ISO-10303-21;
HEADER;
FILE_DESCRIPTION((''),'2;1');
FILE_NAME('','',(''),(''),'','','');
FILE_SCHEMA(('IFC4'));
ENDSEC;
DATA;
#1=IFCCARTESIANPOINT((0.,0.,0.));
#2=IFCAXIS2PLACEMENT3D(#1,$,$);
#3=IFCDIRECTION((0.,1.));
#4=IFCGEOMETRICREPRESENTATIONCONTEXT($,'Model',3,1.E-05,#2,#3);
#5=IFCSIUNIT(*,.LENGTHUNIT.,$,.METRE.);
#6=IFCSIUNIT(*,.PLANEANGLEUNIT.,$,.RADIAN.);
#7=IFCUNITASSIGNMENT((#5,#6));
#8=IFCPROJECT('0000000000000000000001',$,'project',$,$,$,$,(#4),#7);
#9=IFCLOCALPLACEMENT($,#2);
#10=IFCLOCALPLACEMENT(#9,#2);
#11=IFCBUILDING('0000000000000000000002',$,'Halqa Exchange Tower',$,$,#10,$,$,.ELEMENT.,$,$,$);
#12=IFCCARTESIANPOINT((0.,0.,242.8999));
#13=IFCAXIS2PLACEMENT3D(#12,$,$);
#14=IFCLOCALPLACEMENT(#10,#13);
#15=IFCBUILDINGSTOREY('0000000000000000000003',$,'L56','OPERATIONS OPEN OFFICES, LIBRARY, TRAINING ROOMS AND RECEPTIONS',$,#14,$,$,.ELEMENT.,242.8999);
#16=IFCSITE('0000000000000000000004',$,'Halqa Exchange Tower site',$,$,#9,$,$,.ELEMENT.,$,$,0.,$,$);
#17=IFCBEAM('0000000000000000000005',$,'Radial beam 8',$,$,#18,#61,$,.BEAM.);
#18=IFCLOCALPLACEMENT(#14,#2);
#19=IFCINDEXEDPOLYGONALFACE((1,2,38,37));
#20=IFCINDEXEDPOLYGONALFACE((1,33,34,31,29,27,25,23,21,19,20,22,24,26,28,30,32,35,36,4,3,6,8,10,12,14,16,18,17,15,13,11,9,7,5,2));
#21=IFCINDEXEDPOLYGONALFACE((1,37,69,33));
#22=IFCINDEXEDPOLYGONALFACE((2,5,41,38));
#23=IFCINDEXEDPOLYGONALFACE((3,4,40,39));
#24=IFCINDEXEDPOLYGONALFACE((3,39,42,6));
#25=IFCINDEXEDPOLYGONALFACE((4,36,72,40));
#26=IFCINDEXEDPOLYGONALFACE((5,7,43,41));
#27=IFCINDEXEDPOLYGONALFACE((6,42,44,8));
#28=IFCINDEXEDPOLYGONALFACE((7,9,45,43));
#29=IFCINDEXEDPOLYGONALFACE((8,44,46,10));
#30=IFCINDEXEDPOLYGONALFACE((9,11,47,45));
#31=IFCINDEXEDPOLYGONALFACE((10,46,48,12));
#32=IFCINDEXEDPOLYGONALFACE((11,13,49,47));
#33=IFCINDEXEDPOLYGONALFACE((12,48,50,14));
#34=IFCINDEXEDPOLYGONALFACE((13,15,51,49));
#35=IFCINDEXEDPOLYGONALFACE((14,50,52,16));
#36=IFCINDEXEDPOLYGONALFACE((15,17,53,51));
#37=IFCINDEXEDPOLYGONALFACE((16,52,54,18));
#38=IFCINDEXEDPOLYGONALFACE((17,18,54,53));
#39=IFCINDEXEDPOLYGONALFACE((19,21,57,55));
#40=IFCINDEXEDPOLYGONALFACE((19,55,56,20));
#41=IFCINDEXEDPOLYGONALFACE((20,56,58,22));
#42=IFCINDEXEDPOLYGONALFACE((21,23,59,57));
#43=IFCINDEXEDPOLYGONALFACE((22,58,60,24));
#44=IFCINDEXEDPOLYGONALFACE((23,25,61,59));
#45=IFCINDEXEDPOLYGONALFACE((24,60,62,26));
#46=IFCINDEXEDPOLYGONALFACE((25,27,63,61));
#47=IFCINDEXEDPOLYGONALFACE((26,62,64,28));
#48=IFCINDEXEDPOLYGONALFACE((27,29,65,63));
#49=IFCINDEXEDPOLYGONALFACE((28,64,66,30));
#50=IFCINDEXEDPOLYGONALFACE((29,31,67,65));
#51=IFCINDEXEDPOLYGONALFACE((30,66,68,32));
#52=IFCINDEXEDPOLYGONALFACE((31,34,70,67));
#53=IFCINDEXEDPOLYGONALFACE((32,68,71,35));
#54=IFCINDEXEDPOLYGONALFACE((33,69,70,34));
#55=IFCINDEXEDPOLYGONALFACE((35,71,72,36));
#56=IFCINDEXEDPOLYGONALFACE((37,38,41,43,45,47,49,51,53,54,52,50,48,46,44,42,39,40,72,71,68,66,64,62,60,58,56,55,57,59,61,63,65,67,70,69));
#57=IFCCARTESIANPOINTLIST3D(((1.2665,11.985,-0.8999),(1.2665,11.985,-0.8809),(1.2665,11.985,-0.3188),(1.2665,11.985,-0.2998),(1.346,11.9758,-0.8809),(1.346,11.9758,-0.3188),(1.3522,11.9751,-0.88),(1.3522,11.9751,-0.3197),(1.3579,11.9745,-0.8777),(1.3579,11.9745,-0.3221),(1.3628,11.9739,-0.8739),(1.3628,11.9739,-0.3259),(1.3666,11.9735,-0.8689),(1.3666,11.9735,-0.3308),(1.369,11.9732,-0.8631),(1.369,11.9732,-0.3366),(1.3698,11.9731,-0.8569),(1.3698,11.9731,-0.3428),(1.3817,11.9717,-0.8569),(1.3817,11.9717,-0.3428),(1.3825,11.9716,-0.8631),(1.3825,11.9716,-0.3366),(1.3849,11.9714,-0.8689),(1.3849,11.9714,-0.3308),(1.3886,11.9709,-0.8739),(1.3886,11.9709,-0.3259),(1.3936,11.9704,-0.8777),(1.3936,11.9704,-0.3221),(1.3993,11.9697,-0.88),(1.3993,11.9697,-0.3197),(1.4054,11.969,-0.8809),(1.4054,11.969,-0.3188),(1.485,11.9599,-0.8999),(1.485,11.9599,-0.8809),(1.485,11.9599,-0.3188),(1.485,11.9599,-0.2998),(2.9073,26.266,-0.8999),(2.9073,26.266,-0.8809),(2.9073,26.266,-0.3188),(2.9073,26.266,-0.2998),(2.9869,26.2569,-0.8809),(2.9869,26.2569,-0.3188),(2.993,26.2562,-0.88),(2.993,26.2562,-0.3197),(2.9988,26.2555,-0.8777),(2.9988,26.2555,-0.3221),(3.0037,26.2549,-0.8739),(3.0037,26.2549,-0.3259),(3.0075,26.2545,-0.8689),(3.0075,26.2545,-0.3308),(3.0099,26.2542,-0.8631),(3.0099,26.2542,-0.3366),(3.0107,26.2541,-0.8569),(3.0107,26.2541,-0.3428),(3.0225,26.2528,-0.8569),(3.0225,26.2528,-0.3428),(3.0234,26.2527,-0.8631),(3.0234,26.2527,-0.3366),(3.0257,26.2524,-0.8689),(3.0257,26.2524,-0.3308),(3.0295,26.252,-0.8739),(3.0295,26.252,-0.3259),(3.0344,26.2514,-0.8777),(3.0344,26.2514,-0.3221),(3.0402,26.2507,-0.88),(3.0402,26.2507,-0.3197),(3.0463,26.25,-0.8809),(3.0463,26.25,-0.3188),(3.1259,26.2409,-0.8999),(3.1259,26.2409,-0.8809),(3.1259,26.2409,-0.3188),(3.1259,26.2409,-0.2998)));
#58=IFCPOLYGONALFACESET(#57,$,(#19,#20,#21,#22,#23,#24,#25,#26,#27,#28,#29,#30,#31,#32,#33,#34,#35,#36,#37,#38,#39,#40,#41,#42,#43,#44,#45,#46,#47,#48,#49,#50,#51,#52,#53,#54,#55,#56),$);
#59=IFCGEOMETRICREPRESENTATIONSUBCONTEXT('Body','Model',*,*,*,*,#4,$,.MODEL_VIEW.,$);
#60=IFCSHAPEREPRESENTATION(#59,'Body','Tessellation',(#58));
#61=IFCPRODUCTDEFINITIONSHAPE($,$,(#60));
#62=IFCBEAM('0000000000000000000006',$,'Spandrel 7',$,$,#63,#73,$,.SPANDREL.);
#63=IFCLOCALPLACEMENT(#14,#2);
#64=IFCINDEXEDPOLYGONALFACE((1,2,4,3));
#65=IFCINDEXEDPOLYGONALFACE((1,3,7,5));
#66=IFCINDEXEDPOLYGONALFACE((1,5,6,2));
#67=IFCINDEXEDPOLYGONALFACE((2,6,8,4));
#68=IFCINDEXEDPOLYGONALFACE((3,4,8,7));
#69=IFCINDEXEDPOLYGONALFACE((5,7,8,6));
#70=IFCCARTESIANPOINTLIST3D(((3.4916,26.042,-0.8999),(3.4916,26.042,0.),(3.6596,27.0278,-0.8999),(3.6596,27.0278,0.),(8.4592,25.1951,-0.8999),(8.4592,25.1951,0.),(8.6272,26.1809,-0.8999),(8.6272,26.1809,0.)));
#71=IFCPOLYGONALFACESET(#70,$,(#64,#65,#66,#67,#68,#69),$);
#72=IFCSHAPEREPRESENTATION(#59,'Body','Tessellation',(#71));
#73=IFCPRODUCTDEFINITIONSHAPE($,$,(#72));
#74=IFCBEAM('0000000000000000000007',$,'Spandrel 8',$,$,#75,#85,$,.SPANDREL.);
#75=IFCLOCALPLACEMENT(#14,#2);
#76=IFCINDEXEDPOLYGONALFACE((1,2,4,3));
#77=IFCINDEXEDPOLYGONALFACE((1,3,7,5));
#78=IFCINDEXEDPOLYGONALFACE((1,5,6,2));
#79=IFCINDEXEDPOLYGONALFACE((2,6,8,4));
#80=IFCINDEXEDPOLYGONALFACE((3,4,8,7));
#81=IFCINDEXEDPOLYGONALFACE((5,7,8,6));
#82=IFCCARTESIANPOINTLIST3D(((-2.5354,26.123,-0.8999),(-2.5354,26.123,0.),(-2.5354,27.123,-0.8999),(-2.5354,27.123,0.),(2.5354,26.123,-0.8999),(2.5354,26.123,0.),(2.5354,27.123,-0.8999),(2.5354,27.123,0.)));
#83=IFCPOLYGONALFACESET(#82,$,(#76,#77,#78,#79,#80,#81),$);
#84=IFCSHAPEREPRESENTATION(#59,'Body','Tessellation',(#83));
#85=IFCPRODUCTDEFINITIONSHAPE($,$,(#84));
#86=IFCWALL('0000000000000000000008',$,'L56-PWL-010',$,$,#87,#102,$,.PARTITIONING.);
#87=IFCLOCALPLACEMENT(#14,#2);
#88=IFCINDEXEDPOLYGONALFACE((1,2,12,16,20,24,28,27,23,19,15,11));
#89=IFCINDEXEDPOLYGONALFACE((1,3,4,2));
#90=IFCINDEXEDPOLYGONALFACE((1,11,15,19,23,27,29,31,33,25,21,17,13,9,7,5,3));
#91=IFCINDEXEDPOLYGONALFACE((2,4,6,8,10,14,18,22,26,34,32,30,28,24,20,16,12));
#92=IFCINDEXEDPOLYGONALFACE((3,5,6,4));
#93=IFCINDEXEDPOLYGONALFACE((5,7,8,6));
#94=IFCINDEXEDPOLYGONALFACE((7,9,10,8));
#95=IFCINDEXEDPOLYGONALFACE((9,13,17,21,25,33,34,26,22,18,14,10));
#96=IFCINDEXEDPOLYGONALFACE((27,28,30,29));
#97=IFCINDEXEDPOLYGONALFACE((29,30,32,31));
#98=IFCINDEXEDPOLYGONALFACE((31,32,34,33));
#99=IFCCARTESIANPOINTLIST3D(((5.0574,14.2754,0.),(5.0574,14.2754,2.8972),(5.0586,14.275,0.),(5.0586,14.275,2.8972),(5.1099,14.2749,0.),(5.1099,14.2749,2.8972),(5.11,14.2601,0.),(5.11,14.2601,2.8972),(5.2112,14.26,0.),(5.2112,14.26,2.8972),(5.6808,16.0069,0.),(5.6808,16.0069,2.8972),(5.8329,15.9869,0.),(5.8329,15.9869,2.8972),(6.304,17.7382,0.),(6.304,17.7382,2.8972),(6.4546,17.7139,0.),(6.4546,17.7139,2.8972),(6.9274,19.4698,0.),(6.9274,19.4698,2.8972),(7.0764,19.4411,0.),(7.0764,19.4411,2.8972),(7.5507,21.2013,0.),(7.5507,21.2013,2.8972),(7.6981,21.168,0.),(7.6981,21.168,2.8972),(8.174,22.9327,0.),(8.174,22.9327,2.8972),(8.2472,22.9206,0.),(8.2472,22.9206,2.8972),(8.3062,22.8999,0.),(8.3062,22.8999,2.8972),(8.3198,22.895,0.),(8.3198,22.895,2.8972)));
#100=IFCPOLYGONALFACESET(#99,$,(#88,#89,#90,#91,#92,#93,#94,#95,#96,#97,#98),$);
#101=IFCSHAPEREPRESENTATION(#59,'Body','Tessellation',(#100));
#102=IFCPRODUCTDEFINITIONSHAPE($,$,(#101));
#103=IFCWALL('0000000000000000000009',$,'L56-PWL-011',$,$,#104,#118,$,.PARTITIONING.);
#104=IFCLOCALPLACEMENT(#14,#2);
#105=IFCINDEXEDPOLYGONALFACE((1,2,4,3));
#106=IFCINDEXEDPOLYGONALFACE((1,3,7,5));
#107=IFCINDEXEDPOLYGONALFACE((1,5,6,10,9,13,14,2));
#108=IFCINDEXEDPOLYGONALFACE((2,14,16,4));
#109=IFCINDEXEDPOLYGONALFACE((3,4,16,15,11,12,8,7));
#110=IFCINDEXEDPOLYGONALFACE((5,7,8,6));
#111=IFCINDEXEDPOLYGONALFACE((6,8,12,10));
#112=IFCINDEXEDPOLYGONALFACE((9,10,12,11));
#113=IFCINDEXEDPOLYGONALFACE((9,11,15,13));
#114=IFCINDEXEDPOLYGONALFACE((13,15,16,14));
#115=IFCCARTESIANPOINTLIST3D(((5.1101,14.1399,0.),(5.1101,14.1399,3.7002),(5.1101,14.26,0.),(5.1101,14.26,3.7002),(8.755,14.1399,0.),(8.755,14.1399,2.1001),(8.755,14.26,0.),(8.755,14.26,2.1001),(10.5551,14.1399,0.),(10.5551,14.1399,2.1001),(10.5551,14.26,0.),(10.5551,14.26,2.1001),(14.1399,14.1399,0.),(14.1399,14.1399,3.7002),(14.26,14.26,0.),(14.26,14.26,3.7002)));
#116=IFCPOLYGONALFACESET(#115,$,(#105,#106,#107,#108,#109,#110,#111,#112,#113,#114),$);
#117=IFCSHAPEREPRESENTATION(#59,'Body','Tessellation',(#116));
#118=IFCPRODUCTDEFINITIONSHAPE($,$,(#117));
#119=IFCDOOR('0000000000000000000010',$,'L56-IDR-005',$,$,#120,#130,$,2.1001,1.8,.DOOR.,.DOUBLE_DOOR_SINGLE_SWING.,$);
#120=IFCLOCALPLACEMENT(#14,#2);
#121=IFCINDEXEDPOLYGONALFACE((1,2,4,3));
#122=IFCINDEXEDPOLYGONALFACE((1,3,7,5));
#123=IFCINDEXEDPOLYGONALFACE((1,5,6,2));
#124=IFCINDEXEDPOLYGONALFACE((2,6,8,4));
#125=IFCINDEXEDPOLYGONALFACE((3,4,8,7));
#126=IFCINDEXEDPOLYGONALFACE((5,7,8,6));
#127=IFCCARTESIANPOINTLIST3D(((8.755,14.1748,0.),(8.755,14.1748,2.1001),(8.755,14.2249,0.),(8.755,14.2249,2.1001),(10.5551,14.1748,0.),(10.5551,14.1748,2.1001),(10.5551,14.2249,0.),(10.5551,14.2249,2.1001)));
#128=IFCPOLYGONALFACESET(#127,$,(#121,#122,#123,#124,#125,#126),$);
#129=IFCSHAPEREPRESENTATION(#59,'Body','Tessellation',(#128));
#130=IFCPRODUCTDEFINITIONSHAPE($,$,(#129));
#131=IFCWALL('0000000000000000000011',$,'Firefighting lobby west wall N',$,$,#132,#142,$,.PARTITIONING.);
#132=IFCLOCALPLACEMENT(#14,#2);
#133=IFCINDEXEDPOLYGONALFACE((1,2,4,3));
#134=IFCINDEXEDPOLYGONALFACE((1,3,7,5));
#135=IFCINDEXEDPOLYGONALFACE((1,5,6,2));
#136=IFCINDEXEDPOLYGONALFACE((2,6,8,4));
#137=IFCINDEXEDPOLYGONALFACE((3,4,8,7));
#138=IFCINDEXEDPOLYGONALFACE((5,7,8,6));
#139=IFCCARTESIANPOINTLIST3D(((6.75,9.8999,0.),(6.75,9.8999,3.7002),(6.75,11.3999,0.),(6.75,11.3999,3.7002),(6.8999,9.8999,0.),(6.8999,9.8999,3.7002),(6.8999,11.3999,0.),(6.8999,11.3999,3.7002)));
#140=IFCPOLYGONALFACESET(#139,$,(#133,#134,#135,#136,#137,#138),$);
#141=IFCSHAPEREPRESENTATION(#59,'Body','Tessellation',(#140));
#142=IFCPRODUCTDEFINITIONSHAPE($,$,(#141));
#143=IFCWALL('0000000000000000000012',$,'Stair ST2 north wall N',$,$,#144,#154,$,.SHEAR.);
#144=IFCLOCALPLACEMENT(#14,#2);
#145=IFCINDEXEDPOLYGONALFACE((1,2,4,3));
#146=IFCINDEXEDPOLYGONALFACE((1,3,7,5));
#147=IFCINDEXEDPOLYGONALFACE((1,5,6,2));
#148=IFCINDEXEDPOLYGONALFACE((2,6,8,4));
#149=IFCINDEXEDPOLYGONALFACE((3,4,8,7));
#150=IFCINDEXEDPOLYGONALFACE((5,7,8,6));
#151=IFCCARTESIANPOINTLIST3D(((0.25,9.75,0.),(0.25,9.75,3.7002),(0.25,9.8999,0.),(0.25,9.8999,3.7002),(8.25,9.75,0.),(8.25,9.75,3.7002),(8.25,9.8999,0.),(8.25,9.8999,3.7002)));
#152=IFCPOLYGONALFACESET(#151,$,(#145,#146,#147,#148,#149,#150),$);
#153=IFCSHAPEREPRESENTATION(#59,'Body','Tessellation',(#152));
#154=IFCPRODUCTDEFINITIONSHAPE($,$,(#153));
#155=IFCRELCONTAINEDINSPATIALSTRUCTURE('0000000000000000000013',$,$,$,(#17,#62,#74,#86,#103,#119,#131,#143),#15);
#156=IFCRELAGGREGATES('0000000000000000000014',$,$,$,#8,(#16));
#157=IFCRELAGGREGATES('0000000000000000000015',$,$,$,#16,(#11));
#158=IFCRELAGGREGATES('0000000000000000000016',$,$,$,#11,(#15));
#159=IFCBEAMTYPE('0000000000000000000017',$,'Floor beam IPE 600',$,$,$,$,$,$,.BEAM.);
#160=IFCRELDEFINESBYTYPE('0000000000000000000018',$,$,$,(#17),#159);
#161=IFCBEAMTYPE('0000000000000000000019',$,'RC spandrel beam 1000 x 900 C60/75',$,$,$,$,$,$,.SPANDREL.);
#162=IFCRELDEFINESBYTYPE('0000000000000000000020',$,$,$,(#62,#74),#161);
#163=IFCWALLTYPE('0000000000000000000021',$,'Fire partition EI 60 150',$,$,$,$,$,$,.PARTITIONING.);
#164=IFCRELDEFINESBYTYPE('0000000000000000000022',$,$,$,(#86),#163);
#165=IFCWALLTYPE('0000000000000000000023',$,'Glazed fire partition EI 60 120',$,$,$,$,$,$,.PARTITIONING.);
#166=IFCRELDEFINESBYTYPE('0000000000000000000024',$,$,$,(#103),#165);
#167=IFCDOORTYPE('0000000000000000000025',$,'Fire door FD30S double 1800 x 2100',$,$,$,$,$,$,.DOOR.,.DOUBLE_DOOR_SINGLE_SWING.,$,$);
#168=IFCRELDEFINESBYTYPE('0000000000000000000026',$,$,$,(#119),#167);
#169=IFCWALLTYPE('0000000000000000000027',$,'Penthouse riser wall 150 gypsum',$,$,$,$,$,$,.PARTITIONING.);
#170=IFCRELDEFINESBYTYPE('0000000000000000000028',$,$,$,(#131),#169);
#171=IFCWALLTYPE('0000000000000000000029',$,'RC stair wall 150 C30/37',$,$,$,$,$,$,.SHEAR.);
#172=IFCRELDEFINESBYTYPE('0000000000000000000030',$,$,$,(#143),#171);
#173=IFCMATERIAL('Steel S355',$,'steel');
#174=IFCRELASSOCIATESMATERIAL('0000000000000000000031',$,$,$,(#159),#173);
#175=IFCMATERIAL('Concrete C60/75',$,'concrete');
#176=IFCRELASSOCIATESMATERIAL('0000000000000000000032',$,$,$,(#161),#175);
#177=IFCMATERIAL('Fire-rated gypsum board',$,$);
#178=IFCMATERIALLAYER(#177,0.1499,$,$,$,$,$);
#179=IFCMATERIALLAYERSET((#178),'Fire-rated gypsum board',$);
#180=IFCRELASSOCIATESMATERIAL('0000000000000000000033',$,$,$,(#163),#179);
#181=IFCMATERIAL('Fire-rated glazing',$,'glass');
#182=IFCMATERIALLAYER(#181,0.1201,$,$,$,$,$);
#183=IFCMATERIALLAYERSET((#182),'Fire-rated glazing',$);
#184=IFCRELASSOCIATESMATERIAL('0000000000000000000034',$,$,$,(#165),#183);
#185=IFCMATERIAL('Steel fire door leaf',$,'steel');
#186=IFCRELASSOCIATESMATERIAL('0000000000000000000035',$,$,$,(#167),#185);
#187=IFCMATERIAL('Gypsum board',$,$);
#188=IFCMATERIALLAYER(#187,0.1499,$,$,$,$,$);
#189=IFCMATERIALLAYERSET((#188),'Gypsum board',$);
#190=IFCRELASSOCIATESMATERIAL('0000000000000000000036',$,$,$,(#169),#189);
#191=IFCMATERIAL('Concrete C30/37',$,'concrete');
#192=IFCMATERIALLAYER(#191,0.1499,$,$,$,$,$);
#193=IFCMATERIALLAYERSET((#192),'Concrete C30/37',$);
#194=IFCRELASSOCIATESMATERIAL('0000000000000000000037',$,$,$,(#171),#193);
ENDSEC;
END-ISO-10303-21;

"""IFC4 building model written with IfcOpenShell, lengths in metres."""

from ifc_helpers import new_model, si_unit, direction, frame, frame_2d, origin, origin_2d, place, context, subcontext, project, spatial, polyline, rectangle, i_section, outline, extrude, material, layer, layer_set, material_profile, profile_set, type_object, element, fill, save


model = new_model("IFC4")

# Units and contexts
model_context = context("Model", 3, precision=1e-05, world=origin(), true_north=direction((0.0, 1.0)))
body_context = subcontext(model_context, "Body", "Model", "MODEL_VIEW")
ifc_project = project(units=[si_unit("LENGTHUNIT", "METRE"), si_unit("PLANEANGLEUNIT", "RADIAN")], contexts=[model_context])

# Site, building, storey
site_placement = place(None, origin())
site = spatial("IfcSite", under=ifc_project, at=site_placement, Name="Halqa Exchange Tower site", CompositionType="ELEMENT", RefElevation=0.0)
building_placement = place(site_placement, origin())
building = spatial("IfcBuilding", under=site, at=building_placement, Name="Halqa Exchange Tower", CompositionType="ELEMENT")
storey_placement = place(building_placement, frame((0.0, 0.0, 242.8999)))
storey = spatial("IfcBuildingStorey", under=building, at=storey_placement, Name="L56", Description="OPERATIONS OPEN OFFICES, LIBRARY, TRAINING ROOMS AND RECEPTIONS", CompositionType="ELEMENT", Elevation=242.8999)

# Shared definitions
ifc_material_1 = material(Name="Concrete C60/75", Category="concrete")

# Beams
ifc_material_2 = material(Name="Steel S355", Category="steel")
ifc_material_profile_1 = material_profile(ifc_material_2, i_section(OverallWidth=0.22, OverallDepth=0.6001, WebThickness=0.012, FlangeThickness=0.019, FilletRadius=0.0239, at=origin_2d()), Name="IPE 600")
ifc_profile_set_1 = profile_set([ifc_material_profile_1], Name="Steel S355")
beam_type_1 = type_object("IfcBeamType", Name="Floor beam IPE 600", PredefinedType="BEAM", material=ifc_profile_set_1)
beam_1_placement = place(storey_placement, frame((1.3757, 11.9724, -0.5999), z_axis=(0.114148, 0.993464, 0.0), x_axis=(-0.993464, 0.114148, 0.0)))
element("IfcBeam", 1, at=beam_1_placement, inside=storey, type_object=beam_type_1, Name="Radial beam 8", PredefinedType="BEAM", context=body_context, shape_type="SweptSolid", body=[
    extrude(i_section(OverallWidth=0.22, OverallDepth=0.6001, WebThickness=0.012, FlangeThickness=0.019, FilletRadius=0.0239, at=origin_2d()), origin(), (0.0, 0.0, 1.0), 14.375),
])
ifc_material_profile_2 = material_profile(ifc_material_1, rectangle(XDim=1.0, YDim=0.8999, at=origin_2d()), Name="1000 x 900")
ifc_profile_set_2 = profile_set([ifc_material_profile_2], Name="Concrete C60/75")
beam_type_2 = type_object("IfcBeamType", Name="RC spandrel beam 1000 x 900 C60/75", PredefinedType="SPANDREL", material=ifc_profile_set_2)
beam_2_placement = place(storey_placement, frame((8.5432, 25.688, -0.45), z_axis=(-0.985776, 0.168067, 0.0), x_axis=(-0.168067, -0.985776, 0.0)))
element("IfcBeam", 2, at=beam_2_placement, inside=storey, type_object=beam_type_2, Name="Spandrel 7", PredefinedType="SPANDREL", context=body_context, shape_type="SweptSolid", body=[
    extrude(rectangle(XDim=1.0, YDim=0.8999, at=origin_2d()), origin(), (0.0, 0.0, 1.0), 5.0393),
])
beam_3_placement = place(storey_placement, frame((2.5354, 26.623, -0.45), z_axis=(-1.0, 0.0, 0.0), x_axis=(0.0, -1.0, 0.0)))
element("IfcBeam", 3, at=beam_3_placement, inside=storey, type_object=beam_type_2, Name="Spandrel 8", PredefinedType="SPANDREL", context=body_context, shape_type="SweptSolid", body=[
    extrude(rectangle(XDim=1.0, YDim=0.8999, at=origin_2d()), origin(), (0.0, 0.0, 1.0), 5.0708),
])

# Wall
ifc_material_3 = material(Name="Fire-rated gypsum board")
ifc_layer_1 = layer(ifc_material_3, 0.1499)
ifc_layer_set_1 = layer_set([ifc_layer_1], Name="Fire-rated gypsum board")
wall_type_1 = type_object("IfcWallType", Name="Fire partition EI 60 150", PredefinedType="PARTITIONING", material=ifc_layer_set_1)
wall_1_placement = place(storey_placement, frame((5.1279, 14.25, 0.0), z_axis=(0.0, 0.0, 1.0), x_axis=(0.338719, 0.940888, 0.0)))
element("IfcWall", 4, at=wall_1_placement, inside=storey, type_object=wall_type_1, Name="L56-PWL-010", PredefinedType="PARTITIONING", context=body_context, shape_type="SweptSolid", body=[
    extrude(outline(polyline([(9.2151, -0.075), (9.2151, -0.0605), (9.2146, 0.002), (9.2012, 0.075), (7.3611, 0.075), (5.5208, 0.075), (3.6804, 0.075), (1.8403, 0.075), (0.0, 0.075), (0.0, 0.0737), (0.0173, 0.0254), (0.0034, 0.0203), (0.0376, -0.075), (1.873, -0.075), (3.7085, -0.075), (5.5442, -0.075), (7.3796, -0.075), (9.2151, -0.075)])), origin(), (0.0, 0.0, 1.0), 2.8972),
])

# Wall, opening, door
ifc_material_4 = material(Name="Fire-rated glazing", Category="glass")
ifc_layer_2 = layer(ifc_material_4, 0.1201)
ifc_layer_set_2 = layer_set([ifc_layer_2], Name="Fire-rated glazing")
wall_type_2 = type_object("IfcWallType", Name="Glazed fire partition EI 60 120", PredefinedType="PARTITIONING", material=ifc_layer_set_2)
wall_2_placement = place(storey_placement, frame((5.1101, 14.2, 0.0), z_axis=(0.0, 0.0, 1.0), x_axis=(1.0, 0.0, 0.0)))
wall_2 = element("IfcWall", 5, at=wall_2_placement, inside=storey, type_object=wall_type_2, Name="L56-PWL-011", PredefinedType="PARTITIONING", context=body_context, shape_type="SweptSolid", body=[
    extrude(outline(polyline([(0.0, -0.0601), (1.8059, -0.0601), (3.6118, -0.0601), (5.418, -0.0601), (7.2239, -0.0601), (9.0298, -0.0601), (9.1499, 0.0601), (7.3198, 0.0601), (5.49, 0.0601), (3.6599, 0.0601), (1.8301, 0.0601), (0.0, 0.0601), (0.0, -0.0601)])), origin(), (0.0, 0.0, 1.0), 3.7002),
])
opening_1_placement = place(wall_2_placement, frame((3.645, 0.0, 0.0)))
opening_1 = element("IfcOpeningElement", 6, at=opening_1_placement, cuts=wall_2, PredefinedType="OPENING", context=body_context, shape_type="SweptSolid", body=[
    extrude(rectangle(XDim=1.8, YDim=2.1001, at=frame_2d((0.8999, 1.05))), frame((0.0, 0.072, 0.0), z_axis=(0.0, -1.0, 0.0), x_axis=(1.0, 0.0, 0.0)), (0.0, 0.0, 1.0), 0.144),
])
ifc_material_5 = material(Name="Steel fire door leaf", Category="steel")
door_type_1 = type_object("IfcDoorType", Name="Fire door FD30S double 1800 x 2100", OperationType="DOUBLE_DOOR_SINGLE_SWING", PredefinedType="DOOR", material=ifc_material_5)
door_1_placement = place(opening_1_placement, origin())
door_1 = element("IfcDoor", 7, at=door_1_placement, inside=storey, type_object=door_type_1, Name="L56-IDR-005", OperationType="DOUBLE_DOOR_SINGLE_SWING", OverallHeight=2.1001, OverallWidth=1.8, PredefinedType="DOOR", context=body_context, shape_type="SweptSolid", body=[
    extrude(rectangle(XDim=1.8, YDim=2.1001, at=frame_2d((0.8999, 1.05))), frame((0.0, 0.0249, 0.0), z_axis=(0.0, -1.0, 0.0), x_axis=(1.0, 0.0, 0.0)), (0.0, 0.0, 1.0), 0.05),
])
fill(opening_1, door_1)

# Walls
ifc_material_6 = material(Name="Gypsum board")
ifc_layer_3 = layer(ifc_material_6, 0.1499)
ifc_layer_set_3 = layer_set([ifc_layer_3], Name="Gypsum board")
wall_type_3 = type_object("IfcWallType", Name="Penthouse riser wall 150 gypsum", PredefinedType="PARTITIONING", material=ifc_layer_set_3)
wall_3_placement = place(storey_placement, frame((6.825, 9.8999, 0.0), z_axis=(0.0, 0.0, 1.0), x_axis=(0.0, 1.0, 0.0)))
element("IfcWall", 8, at=wall_3_placement, inside=storey, type_object=wall_type_3, Name="Firefighting lobby west wall N", PredefinedType="PARTITIONING", context=body_context, shape_type="SweptSolid", body=[
    extrude(rectangle(XDim=1.5, YDim=0.1499, at=frame_2d((0.75, 0.0))), origin(), (0.0, 0.0, 1.0), 3.7002),
])
ifc_material_7 = material(Name="Concrete C30/37", Category="concrete")
ifc_layer_4 = layer(ifc_material_7, 0.1499)
ifc_layer_set_4 = layer_set([ifc_layer_4], Name="Concrete C30/37")
wall_type_4 = type_object("IfcWallType", Name="RC stair wall 150 C30/37", PredefinedType="SHEAR", material=ifc_layer_set_4)
wall_4_placement = place(storey_placement, frame((0.25, 9.825, 0.0), z_axis=(0.0, 0.0, 1.0), x_axis=(1.0, 0.0, 0.0)))
element("IfcWall", 9, at=wall_4_placement, inside=storey, type_object=wall_type_4, Name="Stair ST2 north wall N", PredefinedType="SHEAR", context=body_context, shape_type="SweptSolid", body=[
    extrude(rectangle(XDim=8.0, YDim=0.1499, at=frame_2d((4.0, 0.0))), origin(), (0.0, 0.0, 1.0), 3.7002),
])

save(model, "model.ifc")
